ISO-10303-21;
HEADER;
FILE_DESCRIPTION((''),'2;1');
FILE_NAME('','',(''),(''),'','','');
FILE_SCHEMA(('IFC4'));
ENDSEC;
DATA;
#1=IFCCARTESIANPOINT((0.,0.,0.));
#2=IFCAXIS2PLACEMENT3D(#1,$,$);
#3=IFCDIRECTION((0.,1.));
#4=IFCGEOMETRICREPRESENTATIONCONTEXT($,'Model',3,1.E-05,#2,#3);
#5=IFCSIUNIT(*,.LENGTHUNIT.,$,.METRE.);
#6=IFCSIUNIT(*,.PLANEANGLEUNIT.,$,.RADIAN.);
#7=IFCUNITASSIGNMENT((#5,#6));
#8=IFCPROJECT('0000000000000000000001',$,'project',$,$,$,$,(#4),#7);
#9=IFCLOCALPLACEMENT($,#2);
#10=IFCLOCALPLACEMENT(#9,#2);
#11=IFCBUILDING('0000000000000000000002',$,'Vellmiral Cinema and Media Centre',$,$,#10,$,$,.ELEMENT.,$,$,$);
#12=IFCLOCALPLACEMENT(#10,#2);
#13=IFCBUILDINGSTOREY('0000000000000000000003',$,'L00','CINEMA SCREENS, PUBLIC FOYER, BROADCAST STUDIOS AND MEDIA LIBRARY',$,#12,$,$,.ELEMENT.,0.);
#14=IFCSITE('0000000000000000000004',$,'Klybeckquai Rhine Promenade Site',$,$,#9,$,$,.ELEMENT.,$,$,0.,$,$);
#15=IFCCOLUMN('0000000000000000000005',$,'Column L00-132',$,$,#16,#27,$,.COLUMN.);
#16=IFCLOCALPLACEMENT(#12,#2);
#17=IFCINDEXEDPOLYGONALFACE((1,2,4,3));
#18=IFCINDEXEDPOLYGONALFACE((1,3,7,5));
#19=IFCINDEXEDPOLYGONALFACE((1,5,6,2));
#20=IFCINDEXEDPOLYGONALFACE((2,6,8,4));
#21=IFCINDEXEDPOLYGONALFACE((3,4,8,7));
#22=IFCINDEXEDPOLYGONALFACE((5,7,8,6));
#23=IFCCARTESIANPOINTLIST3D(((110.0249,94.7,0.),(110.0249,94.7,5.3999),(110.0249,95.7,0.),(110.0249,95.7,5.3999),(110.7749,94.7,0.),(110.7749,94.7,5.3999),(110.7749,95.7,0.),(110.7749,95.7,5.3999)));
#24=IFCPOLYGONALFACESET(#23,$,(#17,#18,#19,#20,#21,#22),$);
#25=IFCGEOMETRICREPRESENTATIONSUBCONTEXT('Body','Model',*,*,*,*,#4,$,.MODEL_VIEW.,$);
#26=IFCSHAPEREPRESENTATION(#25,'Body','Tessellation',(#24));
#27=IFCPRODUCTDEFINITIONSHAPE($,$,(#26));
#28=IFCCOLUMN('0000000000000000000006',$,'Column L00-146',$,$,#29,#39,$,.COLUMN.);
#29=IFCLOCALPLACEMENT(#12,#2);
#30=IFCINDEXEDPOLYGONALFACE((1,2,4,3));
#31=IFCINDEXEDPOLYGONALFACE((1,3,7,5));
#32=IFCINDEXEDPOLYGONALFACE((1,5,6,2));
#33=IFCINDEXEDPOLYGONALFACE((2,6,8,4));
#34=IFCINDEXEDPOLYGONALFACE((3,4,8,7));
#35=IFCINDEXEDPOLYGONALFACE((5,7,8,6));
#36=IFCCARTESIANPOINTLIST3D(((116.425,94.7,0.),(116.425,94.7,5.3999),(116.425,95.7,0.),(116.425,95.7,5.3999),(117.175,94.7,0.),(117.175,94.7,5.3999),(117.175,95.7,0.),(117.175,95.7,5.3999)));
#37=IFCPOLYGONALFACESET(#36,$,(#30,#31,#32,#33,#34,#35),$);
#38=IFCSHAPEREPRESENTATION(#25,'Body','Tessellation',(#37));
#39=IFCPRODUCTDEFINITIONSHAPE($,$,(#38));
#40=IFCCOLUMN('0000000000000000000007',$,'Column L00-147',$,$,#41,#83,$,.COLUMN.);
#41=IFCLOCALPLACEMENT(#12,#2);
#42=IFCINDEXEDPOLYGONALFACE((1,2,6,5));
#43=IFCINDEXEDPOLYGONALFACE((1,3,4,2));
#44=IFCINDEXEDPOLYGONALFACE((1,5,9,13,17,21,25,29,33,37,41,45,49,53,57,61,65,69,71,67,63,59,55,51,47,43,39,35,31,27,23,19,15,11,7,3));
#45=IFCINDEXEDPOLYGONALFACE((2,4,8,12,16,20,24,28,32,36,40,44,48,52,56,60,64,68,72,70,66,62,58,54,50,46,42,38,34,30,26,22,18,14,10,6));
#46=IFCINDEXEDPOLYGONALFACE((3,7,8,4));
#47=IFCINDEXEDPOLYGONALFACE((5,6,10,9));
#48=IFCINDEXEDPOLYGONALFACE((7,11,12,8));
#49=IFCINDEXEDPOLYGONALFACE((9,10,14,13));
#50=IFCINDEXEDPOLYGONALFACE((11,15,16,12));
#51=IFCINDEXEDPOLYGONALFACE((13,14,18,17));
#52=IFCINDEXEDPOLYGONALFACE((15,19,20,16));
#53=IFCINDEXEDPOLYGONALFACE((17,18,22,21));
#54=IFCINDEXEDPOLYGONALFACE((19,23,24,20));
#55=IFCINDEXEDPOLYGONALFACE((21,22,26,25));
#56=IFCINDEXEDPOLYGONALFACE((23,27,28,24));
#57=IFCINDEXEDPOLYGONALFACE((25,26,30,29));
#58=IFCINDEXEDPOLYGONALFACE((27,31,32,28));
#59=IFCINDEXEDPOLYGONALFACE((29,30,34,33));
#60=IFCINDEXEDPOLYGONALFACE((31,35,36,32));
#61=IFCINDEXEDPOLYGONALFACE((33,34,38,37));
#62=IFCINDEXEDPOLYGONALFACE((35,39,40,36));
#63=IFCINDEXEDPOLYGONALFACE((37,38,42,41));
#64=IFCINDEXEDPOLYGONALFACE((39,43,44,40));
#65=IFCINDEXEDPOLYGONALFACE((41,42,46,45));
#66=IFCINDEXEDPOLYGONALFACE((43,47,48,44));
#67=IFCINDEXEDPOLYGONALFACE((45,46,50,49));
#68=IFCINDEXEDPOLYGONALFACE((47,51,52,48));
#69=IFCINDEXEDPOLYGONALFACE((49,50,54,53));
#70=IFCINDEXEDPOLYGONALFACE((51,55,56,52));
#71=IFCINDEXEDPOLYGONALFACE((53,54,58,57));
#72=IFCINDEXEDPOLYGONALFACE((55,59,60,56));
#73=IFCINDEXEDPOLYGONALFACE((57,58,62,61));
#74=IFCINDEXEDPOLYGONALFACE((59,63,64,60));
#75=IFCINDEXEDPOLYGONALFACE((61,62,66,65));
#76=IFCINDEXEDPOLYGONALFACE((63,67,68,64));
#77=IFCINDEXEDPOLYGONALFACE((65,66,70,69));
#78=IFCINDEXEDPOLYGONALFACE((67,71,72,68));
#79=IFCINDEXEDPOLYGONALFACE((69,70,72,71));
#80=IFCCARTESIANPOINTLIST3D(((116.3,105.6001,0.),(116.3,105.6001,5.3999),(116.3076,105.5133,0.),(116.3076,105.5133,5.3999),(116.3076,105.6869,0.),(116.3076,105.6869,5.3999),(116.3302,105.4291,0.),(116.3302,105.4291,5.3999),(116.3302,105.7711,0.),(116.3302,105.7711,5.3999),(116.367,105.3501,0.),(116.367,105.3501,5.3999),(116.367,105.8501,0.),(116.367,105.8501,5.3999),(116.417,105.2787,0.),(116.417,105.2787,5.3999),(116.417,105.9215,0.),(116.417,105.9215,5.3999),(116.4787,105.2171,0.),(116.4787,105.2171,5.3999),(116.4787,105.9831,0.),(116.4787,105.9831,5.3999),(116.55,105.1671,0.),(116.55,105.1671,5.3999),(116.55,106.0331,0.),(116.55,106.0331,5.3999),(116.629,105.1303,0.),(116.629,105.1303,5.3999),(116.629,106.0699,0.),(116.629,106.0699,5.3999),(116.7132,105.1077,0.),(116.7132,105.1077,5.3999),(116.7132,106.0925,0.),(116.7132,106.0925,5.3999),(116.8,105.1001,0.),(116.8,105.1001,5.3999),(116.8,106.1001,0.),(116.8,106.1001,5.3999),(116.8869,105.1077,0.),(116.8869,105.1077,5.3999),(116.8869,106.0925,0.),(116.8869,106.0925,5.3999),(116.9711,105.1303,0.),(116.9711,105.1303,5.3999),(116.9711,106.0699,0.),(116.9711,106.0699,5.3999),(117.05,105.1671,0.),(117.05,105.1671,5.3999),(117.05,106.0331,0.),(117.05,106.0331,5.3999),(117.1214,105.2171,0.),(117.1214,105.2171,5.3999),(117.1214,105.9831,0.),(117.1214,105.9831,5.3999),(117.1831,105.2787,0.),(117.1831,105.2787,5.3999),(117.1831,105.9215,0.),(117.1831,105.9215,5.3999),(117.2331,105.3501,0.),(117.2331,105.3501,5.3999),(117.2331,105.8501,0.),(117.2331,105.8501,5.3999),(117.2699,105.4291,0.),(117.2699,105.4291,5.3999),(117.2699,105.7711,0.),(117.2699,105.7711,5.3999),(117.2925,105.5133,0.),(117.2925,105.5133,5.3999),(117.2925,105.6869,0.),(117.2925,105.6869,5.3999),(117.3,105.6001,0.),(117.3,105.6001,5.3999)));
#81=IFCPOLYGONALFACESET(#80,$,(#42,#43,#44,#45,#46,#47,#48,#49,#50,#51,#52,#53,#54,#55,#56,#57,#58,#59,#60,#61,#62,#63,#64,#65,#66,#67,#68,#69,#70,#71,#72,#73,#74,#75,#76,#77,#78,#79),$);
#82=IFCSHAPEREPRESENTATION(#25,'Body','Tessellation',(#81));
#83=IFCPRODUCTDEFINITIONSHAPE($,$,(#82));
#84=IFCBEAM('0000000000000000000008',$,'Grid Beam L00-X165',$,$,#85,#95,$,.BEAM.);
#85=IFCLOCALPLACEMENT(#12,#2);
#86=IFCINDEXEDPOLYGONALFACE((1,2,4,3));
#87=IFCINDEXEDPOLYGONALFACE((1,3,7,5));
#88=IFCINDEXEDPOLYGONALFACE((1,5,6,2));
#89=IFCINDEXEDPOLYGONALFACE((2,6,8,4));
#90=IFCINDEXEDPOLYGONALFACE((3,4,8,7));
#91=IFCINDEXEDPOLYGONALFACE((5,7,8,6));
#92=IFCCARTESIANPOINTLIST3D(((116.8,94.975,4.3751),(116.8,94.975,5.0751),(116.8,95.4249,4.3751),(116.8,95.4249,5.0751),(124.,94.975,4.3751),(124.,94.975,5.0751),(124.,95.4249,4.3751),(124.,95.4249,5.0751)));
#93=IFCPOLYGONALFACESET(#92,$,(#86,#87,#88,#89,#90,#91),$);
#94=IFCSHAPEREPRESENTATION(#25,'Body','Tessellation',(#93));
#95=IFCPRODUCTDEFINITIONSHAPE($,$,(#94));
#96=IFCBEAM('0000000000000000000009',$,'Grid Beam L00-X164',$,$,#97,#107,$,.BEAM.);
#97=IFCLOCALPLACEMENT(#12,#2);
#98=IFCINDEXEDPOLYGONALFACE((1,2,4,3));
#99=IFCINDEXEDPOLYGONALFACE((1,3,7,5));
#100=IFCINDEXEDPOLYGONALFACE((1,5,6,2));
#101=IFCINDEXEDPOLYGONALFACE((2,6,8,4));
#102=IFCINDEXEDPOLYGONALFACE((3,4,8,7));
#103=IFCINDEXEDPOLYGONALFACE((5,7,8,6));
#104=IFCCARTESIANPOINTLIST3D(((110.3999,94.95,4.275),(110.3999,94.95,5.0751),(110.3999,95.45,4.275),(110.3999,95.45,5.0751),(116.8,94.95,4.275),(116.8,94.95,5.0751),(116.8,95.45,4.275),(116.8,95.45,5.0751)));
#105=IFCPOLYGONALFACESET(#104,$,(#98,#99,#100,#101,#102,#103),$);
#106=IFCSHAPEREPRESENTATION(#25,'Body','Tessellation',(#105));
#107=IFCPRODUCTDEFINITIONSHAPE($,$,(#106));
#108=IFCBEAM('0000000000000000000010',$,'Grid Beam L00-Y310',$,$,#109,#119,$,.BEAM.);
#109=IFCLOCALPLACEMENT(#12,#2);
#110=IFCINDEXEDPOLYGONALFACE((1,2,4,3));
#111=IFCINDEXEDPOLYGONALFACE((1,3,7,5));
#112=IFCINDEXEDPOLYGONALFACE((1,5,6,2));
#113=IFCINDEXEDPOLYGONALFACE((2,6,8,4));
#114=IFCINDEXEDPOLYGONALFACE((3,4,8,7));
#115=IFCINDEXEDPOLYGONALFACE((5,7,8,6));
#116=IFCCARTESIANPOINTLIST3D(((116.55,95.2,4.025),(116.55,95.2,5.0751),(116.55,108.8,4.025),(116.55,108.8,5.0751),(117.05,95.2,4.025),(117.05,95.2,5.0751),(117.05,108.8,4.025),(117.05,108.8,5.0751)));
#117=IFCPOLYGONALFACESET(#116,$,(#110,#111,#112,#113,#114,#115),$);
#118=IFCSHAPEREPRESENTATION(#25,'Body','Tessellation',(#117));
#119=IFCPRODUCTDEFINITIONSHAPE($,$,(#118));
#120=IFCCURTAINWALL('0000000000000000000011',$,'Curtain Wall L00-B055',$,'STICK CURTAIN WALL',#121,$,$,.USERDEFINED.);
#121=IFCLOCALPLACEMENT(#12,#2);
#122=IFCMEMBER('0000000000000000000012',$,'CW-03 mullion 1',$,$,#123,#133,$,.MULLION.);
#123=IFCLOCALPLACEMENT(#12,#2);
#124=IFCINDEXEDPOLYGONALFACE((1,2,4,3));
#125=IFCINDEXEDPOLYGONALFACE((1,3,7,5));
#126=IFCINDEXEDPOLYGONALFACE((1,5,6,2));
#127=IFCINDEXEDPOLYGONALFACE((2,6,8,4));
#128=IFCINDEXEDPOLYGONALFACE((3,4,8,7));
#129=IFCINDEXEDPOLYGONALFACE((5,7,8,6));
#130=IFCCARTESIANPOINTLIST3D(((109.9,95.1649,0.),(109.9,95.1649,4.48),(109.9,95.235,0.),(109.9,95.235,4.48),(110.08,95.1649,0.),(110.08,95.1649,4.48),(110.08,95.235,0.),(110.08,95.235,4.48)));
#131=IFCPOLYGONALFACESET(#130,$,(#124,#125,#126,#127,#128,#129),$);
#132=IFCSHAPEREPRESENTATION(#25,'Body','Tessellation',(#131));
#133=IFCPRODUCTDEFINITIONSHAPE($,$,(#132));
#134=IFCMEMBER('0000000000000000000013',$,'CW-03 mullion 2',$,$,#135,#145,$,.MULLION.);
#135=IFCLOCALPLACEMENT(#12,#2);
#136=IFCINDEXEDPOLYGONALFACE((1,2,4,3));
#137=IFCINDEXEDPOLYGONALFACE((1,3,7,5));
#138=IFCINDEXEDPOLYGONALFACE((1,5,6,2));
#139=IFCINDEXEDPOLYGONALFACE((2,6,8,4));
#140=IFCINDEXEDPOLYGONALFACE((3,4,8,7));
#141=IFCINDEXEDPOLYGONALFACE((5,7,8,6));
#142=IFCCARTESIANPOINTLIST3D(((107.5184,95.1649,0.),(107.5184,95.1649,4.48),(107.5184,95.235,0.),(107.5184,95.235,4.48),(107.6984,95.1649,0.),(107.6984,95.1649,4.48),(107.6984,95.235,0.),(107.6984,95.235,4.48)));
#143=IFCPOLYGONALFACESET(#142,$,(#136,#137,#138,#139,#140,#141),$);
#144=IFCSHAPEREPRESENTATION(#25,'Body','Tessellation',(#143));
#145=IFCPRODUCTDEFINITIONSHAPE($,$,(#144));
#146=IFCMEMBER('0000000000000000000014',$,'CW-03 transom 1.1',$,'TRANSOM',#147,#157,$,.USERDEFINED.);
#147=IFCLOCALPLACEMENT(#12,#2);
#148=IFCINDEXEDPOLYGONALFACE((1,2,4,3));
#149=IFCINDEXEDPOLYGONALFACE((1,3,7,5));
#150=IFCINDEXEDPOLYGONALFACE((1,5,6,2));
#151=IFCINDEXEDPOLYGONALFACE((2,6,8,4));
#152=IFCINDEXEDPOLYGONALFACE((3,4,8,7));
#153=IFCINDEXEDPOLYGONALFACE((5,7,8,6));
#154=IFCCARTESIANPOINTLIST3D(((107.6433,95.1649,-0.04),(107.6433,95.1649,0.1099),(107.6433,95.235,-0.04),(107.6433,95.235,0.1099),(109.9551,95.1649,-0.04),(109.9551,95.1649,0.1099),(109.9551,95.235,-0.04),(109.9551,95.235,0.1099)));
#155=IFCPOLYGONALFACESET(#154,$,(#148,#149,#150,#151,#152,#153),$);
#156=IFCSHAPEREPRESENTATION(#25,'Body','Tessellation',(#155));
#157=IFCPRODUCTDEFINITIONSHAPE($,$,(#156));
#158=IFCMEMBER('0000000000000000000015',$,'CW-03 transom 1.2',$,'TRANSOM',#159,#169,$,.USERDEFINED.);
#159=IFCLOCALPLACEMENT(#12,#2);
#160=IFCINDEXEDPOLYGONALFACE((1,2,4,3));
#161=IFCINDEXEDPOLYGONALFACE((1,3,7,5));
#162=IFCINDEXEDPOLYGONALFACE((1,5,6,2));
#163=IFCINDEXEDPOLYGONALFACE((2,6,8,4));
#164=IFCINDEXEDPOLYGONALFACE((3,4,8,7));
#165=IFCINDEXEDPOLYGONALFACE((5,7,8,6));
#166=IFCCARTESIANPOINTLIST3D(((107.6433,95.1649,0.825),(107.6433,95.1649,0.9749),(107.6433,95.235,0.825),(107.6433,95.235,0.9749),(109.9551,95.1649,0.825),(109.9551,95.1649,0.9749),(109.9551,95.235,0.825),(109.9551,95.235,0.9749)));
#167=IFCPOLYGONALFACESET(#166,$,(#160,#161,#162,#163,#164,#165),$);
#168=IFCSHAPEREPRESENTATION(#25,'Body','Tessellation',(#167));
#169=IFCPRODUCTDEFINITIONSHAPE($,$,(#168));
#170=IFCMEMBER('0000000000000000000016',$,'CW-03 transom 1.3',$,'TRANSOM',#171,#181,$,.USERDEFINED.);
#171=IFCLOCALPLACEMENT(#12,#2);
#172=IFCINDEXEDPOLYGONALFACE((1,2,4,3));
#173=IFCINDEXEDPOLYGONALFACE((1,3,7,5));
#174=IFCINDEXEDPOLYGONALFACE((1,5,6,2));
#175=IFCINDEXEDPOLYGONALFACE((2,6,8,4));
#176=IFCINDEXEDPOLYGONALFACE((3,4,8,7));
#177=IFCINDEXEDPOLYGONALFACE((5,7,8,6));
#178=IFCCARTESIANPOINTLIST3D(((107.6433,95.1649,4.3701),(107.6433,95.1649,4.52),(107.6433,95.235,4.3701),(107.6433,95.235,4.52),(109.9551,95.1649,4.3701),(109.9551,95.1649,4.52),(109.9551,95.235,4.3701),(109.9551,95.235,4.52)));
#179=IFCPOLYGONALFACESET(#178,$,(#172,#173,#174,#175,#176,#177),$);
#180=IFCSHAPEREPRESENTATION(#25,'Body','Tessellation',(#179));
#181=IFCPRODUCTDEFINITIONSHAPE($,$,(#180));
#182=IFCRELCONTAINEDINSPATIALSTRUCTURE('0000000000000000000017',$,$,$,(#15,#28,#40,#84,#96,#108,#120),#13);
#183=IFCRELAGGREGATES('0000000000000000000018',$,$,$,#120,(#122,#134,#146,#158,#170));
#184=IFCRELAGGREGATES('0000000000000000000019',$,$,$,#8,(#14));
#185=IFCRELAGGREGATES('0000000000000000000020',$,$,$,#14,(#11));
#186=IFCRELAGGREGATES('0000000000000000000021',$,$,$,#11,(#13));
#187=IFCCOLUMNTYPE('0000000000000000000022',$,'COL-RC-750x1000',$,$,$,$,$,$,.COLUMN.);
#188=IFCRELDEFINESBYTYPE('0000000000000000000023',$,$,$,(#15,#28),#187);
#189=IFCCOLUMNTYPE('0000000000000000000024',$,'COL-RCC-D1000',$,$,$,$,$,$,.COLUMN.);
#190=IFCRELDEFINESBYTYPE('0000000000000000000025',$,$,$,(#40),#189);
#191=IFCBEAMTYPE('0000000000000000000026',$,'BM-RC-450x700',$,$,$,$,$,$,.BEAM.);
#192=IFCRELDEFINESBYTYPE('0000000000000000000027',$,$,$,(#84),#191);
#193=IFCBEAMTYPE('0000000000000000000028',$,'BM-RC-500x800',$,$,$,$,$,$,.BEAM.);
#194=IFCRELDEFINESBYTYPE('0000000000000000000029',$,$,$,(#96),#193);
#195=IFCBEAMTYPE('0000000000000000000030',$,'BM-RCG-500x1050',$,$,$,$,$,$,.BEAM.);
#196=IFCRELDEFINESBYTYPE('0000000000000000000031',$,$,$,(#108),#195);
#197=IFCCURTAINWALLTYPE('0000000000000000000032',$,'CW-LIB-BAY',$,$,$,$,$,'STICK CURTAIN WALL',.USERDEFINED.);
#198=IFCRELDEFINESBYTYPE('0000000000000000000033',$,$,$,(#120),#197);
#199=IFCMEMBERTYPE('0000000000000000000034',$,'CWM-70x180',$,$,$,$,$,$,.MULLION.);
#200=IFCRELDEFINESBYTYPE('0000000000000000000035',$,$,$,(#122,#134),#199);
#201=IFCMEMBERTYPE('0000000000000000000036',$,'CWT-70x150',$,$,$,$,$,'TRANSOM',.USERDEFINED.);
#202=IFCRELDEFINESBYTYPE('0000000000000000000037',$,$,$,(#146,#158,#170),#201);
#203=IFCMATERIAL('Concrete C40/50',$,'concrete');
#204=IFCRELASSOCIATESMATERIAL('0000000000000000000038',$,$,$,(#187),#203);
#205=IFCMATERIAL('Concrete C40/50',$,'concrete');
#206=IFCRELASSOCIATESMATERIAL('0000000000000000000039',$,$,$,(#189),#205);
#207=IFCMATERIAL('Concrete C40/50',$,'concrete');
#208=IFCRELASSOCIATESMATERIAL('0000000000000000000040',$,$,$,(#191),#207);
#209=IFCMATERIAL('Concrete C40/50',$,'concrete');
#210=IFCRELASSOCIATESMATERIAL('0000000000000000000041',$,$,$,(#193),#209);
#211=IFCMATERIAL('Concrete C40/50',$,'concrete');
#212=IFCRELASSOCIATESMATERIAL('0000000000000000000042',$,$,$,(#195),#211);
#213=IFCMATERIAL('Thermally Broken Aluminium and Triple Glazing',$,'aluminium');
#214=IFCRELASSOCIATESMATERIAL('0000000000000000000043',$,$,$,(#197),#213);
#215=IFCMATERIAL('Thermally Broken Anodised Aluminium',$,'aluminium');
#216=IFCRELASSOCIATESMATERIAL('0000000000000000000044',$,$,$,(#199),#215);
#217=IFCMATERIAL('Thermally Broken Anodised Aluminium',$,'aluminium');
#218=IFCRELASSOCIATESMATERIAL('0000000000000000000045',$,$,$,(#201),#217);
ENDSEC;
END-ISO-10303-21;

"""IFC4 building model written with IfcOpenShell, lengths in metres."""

from ifc_helpers import new_model, si_unit, direction, frame, origin, origin_2d, place, context, subcontext, project, spatial, rectangle, circle, extrude, material, material_profile, profile_set, type_object, element, aggregate, save


model = new_model("IFC4")

# Units and contexts
model_context = context("Model", 3, precision=1e-05, world=origin(), true_north=direction((0.0, 1.0)))
body_context = subcontext(model_context, "Body", "Model", "MODEL_VIEW")
ifc_project = project(units=[si_unit("LENGTHUNIT", "METRE"), si_unit("PLANEANGLEUNIT", "RADIAN")], contexts=[model_context])

# Site, building, storey
site_placement = place(None, origin())
site = spatial("IfcSite", under=ifc_project, at=site_placement, Name="Klybeckquai Rhine Promenade Site", CompositionType="ELEMENT", RefElevation=0.0)
building_placement = place(site_placement, origin())
building = spatial("IfcBuilding", under=site, at=building_placement, Name="Vellmiral Cinema and Media Centre", CompositionType="ELEMENT")
storey_placement = place(building_placement, origin())
storey = spatial("IfcBuildingStorey", under=building, at=storey_placement, Name="L00", Description="CINEMA SCREENS, PUBLIC FOYER, BROADCAST STUDIOS AND MEDIA LIBRARY", CompositionType="ELEMENT", Elevation=0.0)

# Columns
ifc_material_1 = material(Name="Concrete C40/50", Category="concrete")
ifc_material_profile_1 = material_profile(ifc_material_1, rectangle(XDim=0.75, YDim=1.0, at=origin_2d()), Name="RC 750x1000")
ifc_profile_set_1 = profile_set([ifc_material_profile_1], Name="Concrete C40/50")
column_type_1 = type_object("IfcColumnType", Name="COL-RC-750x1000", PredefinedType="COLUMN", material=ifc_profile_set_1)
for number, where, z_axis, x_axis, name in (
    (1, (110.3999, 95.2, 0.0), (0.0, 0.0, 1.0), (1.0, 0.0, 0.0), "Column L00-132"),
    (2, (116.8, 95.2, 0.0), (0.0, 0.0, 1.0), (1.0, 0.0, 0.0), "Column L00-146"),
):
    element("IfcColumn", number, at=place(storey_placement, frame(where, z_axis=z_axis, x_axis=x_axis)), inside=storey, type_object=column_type_1, Name=name, PredefinedType="COLUMN", context=body_context, shape_type="SweptSolid", body=[
        extrude(rectangle(XDim=0.75, YDim=1.0, at=origin_2d()), origin(), (0.0, 0.0, 1.0), 5.3999),
    ])
ifc_material_2 = material(Name="Concrete C40/50", Category="concrete")
ifc_material_profile_2 = material_profile(ifc_material_2, circle(Radius=0.5, at=origin_2d()), Name="RC D1000")
ifc_profile_set_2 = profile_set([ifc_material_profile_2], Name="Concrete C40/50")
column_type_2 = type_object("IfcColumnType", Name="COL-RCC-D1000", PredefinedType="COLUMN", material=ifc_profile_set_2)
column_placement = place(storey_placement, frame((116.8, 105.6001, 0.0), z_axis=(0.0, 0.0, 1.0), x_axis=(1.0, 0.0, 0.0)))
element("IfcColumn", 3, at=column_placement, inside=storey, type_object=column_type_2, Name="Column L00-147", PredefinedType="COLUMN", context=body_context, shape_type="SweptSolid", body=[
    extrude(circle(Radius=0.5, at=origin_2d()), origin(), (0.0, 0.0, 1.0), 5.3999),
])

# Beams
ifc_material_3 = material(Name="Concrete C40/50", Category="concrete")
ifc_material_profile_3 = material_profile(ifc_material_3, rectangle(XDim=0.45, YDim=0.7, at=origin_2d()), Name="RC 450x700")
ifc_profile_set_3 = profile_set([ifc_material_profile_3], Name="Concrete C40/50")
beam_type_1 = type_object("IfcBeamType", Name="BM-RC-450x700", PredefinedType="BEAM", material=ifc_profile_set_3)
beam_1_placement = place(storey_placement, frame((116.8, 95.2, 4.7251), z_axis=(1.0, 0.0, 0.0), x_axis=(0.0, 1.0, 0.0)))
element("IfcBeam", 4, at=beam_1_placement, inside=storey, type_object=beam_type_1, Name="Grid Beam L00-X165", PredefinedType="BEAM", context=body_context, shape_type="SweptSolid", body=[
    extrude(rectangle(XDim=0.45, YDim=0.7, at=origin_2d()), origin(), (0.0, 0.0, 1.0), 7.2),
])
ifc_material_4 = material(Name="Concrete C40/50", Category="concrete")
ifc_material_profile_4 = material_profile(ifc_material_4, rectangle(XDim=0.5, YDim=0.8, at=origin_2d()), Name="RC 500x800")
ifc_profile_set_4 = profile_set([ifc_material_profile_4], Name="Concrete C40/50")
beam_type_2 = type_object("IfcBeamType", Name="BM-RC-500x800", PredefinedType="BEAM", material=ifc_profile_set_4)
beam_2_placement = place(storey_placement, frame((110.3999, 95.2, 4.675), z_axis=(1.0, 0.0, 0.0), x_axis=(0.0, 1.0, 0.0)))
element("IfcBeam", 5, at=beam_2_placement, inside=storey, type_object=beam_type_2, Name="Grid Beam L00-X164", PredefinedType="BEAM", context=body_context, shape_type="SweptSolid", body=[
    extrude(rectangle(XDim=0.5, YDim=0.8, at=origin_2d()), origin(), (0.0, 0.0, 1.0), 6.4001),
])
ifc_material_5 = material(Name="Concrete C40/50", Category="concrete")
ifc_material_profile_5 = material_profile(ifc_material_5, rectangle(XDim=0.5, YDim=1.05, at=origin_2d()), Name="RC 500x1050")
ifc_profile_set_5 = profile_set([ifc_material_profile_5], Name="Concrete C40/50")
beam_type_3 = type_object("IfcBeamType", Name="BM-RCG-500x1050", PredefinedType="BEAM", material=ifc_profile_set_5)
beam_3_placement = place(storey_placement, frame((116.8, 95.2, 4.55), z_axis=(0.0, 1.0, 0.0), x_axis=(-1.0, 0.0, 0.0)))
element("IfcBeam", 6, at=beam_3_placement, inside=storey, type_object=beam_type_3, Name="Grid Beam L00-Y310", PredefinedType="BEAM", context=body_context, shape_type="SweptSolid", body=[
    extrude(rectangle(XDim=0.5, YDim=1.05, at=origin_2d()), origin(), (0.0, 0.0, 1.0), 13.6001),
])

# Curtain wall, members
ifc_material_6 = material(Name="Thermally Broken Aluminium and Triple Glazing", Category="aluminium")
curtain_wall_type = type_object("IfcCurtainWallType", Name="CW-LIB-BAY", ElementType="STICK CURTAIN WALL", PredefinedType="USERDEFINED", material=ifc_material_6)
curtain_wall_placement = place(storey_placement, origin())
curtain_wall = element("IfcCurtainWall", 7, at=curtain_wall_placement, inside=storey, type_object=curtain_wall_type, Name="Curtain Wall L00-B055", ObjectType="STICK CURTAIN WALL", PredefinedType="USERDEFINED")
ifc_material_7 = material(Name="Thermally Broken Anodised Aluminium", Category="aluminium")
ifc_material_profile_6 = material_profile(ifc_material_7, rectangle(XDim=0.0701, YDim=0.1799, at=origin_2d()), Name="MULL 70x180")
ifc_profile_set_6 = profile_set([ifc_material_profile_6], Name="Thermally Broken Anodised Aluminium")
member_type_1 = type_object("IfcMemberType", Name="CWM-70x180", PredefinedType="MULLION", material=ifc_profile_set_6)
member_1_placement = place(storey_placement, frame((109.99, 95.2, 0.0), z_axis=(0.0, 0.0, 1.0), x_axis=(0.0, -1.0, 0.0)))
member_1 = element("IfcMember", 8, at=member_1_placement, type_object=member_type_1, Name="CW-03 mullion 1", PredefinedType="MULLION", context=body_context, shape_type="SweptSolid", body=[
    extrude(rectangle(XDim=0.0701, YDim=0.1799, at=origin_2d()), origin(), (0.0, 0.0, 1.0), 4.48),
])
member_2_placement = place(storey_placement, frame((107.6084, 95.2, 0.0), z_axis=(0.0, 0.0, 1.0), x_axis=(0.0, -1.0, 0.0)))
member_2 = element("IfcMember", 9, at=member_2_placement, type_object=member_type_1, Name="CW-03 mullion 2", PredefinedType="MULLION", context=body_context, shape_type="SweptSolid", body=[
    extrude(rectangle(XDim=0.0701, YDim=0.1799, at=origin_2d()), origin(), (0.0, 0.0, 1.0), 4.48),
])
ifc_material_8 = material(Name="Thermally Broken Anodised Aluminium", Category="aluminium")
ifc_material_profile_7 = material_profile(ifc_material_8, rectangle(XDim=0.0701, YDim=0.1499, at=origin_2d()), Name="MULL 70x150")
ifc_profile_set_7 = profile_set([ifc_material_profile_7], Name="Thermally Broken Anodised Aluminium")
member_type_2 = type_object("IfcMemberType", Name="CWT-70x150", ElementType="TRANSOM", PredefinedType="USERDEFINED", material=ifc_profile_set_7)
member_3_placement = place(storey_placement, frame((109.9551, 95.2, 0.0349), z_axis=(-1.0, 0.0, 0.0), x_axis=(0.0, -1.0, 0.0)))
member_3 = element("IfcMember", 10, at=member_3_placement, type_object=member_type_2, Name="CW-03 transom 1.1", ObjectType="TRANSOM", PredefinedType="USERDEFINED", context=body_context, shape_type="SweptSolid", body=[
    extrude(rectangle(XDim=0.0701, YDim=0.1499, at=origin_2d()), origin(), (0.0, 0.0, 1.0), 2.3118),
])
member_4_placement = place(storey_placement, frame((109.9551, 95.2, 0.8999), z_axis=(-1.0, 0.0, 0.0), x_axis=(0.0, -1.0, 0.0)))
member_4 = element("IfcMember", 11, at=member_4_placement, type_object=member_type_2, Name="CW-03 transom 1.2", ObjectType="TRANSOM", PredefinedType="USERDEFINED", context=body_context, shape_type="SweptSolid", body=[
    extrude(rectangle(XDim=0.0701, YDim=0.1499, at=origin_2d()), origin(), (0.0, 0.0, 1.0), 2.3118),
])
member_5_placement = place(storey_placement, frame((109.9551, 95.2, 4.4451), z_axis=(-1.0, 0.0, 0.0), x_axis=(0.0, -1.0, 0.0)))
member_5 = element("IfcMember", 12, at=member_5_placement, type_object=member_type_2, Name="CW-03 transom 1.3", ObjectType="TRANSOM", PredefinedType="USERDEFINED", context=body_context, shape_type="SweptSolid", body=[
    extrude(rectangle(XDim=0.0701, YDim=0.1499, at=origin_2d()), origin(), (0.0, 0.0, 1.0), 2.3118),
])

aggregate(curtain_wall, [member_1, member_2, member_3, member_4, member_5])

save(model, "model.ifc")
